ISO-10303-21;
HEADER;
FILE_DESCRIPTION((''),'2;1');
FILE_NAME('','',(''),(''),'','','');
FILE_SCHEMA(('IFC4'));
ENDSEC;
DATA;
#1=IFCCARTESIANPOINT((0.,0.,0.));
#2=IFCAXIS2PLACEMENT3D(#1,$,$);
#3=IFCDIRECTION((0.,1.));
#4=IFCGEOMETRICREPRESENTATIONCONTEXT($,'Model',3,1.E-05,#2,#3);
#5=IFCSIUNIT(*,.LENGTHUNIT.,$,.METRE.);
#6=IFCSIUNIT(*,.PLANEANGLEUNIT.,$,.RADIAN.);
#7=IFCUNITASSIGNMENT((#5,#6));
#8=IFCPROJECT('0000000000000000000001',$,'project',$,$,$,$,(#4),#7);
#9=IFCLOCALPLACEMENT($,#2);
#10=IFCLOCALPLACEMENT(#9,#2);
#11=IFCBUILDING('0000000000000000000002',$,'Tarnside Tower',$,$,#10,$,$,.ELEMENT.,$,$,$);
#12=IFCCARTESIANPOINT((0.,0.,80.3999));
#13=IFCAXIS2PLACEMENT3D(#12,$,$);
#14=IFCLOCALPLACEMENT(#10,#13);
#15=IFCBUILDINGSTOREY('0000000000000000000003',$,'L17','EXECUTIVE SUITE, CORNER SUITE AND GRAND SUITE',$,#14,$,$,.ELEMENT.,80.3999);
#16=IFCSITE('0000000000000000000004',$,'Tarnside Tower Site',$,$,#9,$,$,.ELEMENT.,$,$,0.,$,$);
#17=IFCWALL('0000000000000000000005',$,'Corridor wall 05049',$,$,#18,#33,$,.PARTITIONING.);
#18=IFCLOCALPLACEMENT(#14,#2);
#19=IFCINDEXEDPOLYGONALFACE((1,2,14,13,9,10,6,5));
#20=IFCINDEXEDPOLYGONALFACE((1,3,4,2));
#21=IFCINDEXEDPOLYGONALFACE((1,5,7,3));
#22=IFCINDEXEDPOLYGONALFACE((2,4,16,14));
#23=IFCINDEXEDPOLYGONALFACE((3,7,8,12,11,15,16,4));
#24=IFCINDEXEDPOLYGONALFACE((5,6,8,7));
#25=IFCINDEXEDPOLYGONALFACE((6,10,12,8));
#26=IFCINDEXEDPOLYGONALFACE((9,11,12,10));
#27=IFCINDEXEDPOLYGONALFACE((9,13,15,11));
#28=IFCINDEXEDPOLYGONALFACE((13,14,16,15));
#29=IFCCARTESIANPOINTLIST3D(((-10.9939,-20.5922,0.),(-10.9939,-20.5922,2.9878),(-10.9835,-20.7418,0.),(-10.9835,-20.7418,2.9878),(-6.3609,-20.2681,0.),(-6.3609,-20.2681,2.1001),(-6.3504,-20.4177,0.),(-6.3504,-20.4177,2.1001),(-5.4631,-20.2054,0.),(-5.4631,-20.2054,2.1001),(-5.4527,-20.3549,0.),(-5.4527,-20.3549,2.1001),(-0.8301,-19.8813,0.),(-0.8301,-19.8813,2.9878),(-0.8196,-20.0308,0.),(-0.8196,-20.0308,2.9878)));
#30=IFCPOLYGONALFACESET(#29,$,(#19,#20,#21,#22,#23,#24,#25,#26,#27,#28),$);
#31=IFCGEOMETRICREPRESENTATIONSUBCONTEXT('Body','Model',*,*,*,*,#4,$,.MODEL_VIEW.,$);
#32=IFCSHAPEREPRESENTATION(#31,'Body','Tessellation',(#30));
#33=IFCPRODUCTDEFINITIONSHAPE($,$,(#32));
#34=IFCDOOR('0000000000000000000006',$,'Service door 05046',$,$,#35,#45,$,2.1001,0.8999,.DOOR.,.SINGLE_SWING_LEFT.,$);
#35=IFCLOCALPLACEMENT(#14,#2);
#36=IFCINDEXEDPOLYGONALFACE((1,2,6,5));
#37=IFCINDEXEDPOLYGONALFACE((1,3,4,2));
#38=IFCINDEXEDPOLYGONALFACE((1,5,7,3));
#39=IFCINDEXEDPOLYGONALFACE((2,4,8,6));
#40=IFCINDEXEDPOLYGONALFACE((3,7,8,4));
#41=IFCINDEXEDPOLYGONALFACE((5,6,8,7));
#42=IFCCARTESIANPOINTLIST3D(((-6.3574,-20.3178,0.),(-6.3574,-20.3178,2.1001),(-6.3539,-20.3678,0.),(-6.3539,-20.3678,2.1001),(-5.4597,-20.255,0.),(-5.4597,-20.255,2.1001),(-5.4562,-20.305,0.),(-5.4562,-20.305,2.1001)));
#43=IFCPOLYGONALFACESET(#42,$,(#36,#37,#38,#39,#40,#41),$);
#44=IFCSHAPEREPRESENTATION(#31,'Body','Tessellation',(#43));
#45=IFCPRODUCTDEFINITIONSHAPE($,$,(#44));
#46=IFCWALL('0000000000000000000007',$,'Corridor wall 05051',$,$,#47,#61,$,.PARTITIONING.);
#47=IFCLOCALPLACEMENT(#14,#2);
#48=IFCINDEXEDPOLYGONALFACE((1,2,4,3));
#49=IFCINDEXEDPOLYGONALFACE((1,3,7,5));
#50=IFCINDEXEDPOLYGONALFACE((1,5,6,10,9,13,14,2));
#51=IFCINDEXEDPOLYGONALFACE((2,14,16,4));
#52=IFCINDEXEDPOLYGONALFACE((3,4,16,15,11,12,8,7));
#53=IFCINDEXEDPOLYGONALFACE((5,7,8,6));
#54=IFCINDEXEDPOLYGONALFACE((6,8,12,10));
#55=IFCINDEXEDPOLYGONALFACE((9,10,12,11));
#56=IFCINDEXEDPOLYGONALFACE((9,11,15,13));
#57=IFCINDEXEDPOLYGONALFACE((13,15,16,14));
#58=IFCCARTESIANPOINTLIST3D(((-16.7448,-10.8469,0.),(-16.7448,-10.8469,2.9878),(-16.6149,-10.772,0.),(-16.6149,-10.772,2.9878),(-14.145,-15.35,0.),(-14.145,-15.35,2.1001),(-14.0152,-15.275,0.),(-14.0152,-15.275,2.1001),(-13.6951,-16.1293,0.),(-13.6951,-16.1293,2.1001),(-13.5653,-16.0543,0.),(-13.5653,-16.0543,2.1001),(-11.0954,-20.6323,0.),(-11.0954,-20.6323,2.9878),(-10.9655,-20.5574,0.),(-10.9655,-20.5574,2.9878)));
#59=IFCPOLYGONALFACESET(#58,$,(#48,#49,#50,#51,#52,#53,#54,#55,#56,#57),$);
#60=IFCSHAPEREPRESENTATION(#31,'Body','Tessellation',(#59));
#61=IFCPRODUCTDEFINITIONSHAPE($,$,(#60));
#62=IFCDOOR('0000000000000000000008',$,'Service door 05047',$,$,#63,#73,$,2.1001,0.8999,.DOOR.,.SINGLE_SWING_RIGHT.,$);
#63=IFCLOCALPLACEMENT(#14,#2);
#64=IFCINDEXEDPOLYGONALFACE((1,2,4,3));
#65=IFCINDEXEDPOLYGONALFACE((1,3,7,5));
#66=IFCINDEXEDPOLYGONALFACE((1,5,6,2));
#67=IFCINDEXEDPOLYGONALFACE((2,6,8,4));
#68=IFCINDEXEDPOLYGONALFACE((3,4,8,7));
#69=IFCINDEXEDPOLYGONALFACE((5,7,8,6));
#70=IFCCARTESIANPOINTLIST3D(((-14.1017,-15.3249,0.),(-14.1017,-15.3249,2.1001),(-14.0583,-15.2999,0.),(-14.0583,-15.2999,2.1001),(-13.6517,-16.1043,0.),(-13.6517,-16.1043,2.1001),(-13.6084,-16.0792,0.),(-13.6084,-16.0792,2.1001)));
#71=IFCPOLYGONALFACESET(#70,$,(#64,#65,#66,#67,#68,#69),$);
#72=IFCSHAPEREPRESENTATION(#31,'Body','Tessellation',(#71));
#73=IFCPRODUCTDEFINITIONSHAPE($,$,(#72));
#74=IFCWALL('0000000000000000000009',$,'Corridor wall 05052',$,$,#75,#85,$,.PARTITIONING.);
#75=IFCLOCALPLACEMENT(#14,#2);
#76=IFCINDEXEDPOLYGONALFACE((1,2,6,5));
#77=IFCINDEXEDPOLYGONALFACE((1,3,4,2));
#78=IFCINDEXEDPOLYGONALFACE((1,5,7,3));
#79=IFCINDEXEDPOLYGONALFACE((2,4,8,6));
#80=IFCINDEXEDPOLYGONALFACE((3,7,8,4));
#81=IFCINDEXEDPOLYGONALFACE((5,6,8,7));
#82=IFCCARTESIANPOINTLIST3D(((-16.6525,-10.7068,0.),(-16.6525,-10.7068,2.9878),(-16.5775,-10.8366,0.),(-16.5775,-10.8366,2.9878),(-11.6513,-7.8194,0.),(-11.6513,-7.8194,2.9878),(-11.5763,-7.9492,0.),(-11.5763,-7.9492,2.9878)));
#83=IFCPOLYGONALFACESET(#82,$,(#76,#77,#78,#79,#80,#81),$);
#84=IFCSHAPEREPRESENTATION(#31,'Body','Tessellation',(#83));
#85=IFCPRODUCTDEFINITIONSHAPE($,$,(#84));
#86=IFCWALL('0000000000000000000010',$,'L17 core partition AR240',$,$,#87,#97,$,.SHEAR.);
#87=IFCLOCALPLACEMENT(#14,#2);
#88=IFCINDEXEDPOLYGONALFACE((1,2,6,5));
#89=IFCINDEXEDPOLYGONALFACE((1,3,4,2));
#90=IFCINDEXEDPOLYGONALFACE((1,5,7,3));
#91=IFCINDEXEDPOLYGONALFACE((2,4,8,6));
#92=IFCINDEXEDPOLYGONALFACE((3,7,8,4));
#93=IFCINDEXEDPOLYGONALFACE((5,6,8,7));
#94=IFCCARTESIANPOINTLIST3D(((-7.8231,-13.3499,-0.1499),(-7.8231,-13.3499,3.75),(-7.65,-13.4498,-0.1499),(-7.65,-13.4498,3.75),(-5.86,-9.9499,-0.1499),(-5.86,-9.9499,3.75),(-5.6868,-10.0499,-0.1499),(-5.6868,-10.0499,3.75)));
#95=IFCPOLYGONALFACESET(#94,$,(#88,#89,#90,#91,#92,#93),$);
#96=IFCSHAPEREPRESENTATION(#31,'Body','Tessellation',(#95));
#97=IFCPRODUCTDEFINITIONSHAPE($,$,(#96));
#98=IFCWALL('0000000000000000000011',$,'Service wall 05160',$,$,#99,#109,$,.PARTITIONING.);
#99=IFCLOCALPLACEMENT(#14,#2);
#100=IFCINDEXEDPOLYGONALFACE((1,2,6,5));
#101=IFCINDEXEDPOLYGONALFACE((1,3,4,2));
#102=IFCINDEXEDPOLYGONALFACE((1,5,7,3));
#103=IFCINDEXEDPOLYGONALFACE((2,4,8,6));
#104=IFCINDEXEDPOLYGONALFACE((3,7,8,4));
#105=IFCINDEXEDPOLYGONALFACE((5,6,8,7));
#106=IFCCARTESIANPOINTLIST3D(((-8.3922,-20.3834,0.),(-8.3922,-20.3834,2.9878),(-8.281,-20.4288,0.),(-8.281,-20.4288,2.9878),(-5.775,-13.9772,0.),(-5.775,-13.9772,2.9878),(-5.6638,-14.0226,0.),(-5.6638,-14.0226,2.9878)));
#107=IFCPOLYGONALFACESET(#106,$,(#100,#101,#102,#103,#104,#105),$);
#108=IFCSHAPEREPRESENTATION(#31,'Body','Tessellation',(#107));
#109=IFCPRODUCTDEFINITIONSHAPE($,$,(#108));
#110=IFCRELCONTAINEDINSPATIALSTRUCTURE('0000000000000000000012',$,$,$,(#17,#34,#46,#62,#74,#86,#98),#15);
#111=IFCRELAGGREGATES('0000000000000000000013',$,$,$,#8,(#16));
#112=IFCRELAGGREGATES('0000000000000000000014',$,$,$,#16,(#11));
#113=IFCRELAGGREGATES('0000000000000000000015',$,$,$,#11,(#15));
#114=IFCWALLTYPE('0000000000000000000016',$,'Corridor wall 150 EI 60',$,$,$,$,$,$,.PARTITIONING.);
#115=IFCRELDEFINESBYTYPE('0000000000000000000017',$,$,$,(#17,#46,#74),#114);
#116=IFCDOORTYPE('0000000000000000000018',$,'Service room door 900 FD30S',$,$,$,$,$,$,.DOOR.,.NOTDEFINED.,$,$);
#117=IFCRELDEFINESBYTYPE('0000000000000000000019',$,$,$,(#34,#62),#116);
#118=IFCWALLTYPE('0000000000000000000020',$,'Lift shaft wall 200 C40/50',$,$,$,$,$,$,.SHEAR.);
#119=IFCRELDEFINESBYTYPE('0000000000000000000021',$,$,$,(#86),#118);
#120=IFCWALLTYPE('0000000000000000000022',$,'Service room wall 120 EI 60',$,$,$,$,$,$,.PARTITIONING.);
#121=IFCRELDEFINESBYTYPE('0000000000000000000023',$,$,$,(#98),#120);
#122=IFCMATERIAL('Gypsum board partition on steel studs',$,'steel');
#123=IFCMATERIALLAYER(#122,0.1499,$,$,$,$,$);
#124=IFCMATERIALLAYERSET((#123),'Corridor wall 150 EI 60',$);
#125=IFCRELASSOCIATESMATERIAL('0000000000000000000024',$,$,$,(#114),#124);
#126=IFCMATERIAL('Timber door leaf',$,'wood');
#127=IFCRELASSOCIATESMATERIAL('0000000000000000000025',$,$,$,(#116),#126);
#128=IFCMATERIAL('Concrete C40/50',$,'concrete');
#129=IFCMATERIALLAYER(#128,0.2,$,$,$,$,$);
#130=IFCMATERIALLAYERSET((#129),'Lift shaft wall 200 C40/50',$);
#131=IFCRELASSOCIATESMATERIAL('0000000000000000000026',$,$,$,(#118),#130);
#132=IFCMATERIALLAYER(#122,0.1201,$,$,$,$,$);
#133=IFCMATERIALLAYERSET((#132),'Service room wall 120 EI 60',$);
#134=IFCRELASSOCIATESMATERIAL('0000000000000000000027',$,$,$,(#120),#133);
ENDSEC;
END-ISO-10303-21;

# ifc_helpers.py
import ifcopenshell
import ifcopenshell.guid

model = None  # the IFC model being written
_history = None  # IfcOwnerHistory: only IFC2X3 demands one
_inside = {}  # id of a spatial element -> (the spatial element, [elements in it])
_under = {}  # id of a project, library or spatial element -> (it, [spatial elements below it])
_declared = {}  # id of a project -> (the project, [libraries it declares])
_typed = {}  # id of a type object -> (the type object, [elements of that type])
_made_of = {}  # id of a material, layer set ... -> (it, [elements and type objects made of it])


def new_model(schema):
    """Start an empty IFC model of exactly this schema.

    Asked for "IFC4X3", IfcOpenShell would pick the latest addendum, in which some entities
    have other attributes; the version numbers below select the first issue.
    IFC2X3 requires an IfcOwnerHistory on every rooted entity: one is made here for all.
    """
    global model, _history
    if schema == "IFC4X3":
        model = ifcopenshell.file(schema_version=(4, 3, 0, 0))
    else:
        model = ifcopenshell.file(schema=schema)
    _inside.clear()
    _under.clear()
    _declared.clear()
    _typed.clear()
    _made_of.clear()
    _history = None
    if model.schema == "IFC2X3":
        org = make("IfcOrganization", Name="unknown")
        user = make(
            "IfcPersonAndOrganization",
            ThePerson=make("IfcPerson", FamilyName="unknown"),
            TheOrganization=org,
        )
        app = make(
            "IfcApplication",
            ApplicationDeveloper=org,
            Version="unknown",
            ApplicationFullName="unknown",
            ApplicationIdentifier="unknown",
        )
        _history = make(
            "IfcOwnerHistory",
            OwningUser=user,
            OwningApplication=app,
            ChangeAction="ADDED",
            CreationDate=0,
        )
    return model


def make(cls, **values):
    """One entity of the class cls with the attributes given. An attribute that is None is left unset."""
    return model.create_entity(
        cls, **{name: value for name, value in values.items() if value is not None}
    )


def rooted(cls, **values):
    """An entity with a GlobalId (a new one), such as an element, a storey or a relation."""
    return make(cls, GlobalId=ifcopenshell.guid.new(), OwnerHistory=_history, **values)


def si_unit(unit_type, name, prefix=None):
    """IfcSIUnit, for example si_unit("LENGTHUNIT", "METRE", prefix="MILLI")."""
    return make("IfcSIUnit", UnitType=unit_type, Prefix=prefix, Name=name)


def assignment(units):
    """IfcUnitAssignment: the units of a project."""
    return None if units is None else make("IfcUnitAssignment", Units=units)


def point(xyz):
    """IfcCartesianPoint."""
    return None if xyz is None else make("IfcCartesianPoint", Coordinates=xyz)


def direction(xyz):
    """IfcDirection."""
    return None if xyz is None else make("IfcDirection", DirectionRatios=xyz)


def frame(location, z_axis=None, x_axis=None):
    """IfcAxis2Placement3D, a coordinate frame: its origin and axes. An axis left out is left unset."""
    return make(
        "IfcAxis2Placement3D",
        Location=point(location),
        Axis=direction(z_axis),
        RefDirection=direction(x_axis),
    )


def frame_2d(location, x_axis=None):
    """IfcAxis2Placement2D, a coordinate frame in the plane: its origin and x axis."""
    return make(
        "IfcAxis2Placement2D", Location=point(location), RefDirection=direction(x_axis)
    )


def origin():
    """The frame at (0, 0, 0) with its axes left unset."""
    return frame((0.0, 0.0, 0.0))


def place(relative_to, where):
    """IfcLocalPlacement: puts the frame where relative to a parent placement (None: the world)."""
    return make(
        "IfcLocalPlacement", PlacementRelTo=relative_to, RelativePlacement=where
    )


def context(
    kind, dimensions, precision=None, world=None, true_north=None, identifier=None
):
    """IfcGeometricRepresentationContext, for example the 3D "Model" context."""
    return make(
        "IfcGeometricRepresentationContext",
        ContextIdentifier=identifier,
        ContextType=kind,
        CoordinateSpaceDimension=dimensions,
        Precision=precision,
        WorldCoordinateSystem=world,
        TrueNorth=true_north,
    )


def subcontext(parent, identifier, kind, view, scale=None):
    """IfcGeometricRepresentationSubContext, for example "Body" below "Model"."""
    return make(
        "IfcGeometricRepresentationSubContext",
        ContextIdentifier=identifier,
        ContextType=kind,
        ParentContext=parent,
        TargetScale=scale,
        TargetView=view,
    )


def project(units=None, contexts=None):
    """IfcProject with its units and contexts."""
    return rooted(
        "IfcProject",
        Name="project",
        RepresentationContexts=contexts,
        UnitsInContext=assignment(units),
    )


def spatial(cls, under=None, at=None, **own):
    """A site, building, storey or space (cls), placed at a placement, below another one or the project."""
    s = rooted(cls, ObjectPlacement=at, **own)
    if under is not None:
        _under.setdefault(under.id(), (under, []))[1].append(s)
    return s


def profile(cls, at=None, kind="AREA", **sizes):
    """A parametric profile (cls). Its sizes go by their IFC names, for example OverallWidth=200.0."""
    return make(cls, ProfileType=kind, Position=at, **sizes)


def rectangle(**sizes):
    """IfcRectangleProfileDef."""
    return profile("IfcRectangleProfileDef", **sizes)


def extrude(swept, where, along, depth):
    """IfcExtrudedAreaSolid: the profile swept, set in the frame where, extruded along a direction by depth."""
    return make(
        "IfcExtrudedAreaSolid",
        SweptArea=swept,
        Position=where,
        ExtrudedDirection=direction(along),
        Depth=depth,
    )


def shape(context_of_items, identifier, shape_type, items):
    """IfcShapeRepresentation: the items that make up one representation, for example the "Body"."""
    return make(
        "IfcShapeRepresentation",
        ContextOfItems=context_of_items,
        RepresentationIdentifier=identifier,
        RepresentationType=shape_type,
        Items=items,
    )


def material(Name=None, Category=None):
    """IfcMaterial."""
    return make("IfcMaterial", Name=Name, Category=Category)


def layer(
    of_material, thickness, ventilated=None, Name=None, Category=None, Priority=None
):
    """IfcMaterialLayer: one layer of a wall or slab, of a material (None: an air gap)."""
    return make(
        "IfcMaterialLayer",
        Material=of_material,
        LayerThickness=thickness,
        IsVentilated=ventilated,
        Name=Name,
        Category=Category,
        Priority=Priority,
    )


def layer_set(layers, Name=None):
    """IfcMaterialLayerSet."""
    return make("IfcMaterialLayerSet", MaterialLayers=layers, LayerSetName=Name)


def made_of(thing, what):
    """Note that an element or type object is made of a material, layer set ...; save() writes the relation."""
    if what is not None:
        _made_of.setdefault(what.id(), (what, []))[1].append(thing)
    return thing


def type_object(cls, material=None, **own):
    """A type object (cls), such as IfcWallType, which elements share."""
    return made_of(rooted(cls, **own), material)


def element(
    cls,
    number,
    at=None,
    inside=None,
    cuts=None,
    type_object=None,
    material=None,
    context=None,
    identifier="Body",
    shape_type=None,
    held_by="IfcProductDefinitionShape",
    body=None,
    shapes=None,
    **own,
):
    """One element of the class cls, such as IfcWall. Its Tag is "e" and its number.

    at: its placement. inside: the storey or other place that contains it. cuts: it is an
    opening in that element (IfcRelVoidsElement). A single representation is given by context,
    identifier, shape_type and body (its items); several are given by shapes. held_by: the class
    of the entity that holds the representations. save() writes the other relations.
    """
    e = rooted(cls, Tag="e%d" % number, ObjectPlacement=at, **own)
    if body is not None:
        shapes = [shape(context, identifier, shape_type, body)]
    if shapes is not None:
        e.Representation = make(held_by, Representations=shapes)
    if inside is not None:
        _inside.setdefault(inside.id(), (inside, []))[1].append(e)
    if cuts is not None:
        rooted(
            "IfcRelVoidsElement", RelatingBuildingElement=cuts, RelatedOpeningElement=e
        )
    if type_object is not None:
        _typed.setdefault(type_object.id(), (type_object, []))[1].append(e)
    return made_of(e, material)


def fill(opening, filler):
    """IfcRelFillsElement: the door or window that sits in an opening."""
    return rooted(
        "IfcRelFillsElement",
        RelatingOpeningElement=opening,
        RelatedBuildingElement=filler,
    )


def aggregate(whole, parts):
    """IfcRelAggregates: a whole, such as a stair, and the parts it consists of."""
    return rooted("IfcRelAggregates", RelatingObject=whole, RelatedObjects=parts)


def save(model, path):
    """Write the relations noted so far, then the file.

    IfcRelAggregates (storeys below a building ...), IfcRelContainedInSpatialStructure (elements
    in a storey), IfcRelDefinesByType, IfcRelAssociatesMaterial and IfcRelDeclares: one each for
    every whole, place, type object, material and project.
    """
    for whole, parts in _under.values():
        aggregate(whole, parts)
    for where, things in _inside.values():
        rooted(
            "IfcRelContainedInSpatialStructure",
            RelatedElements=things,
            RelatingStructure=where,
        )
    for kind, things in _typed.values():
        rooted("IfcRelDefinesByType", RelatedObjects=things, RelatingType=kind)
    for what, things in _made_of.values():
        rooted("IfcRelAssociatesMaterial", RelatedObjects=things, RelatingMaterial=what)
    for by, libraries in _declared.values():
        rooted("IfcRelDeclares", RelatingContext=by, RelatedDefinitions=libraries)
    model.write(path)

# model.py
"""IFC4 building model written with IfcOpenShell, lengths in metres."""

from ifc_helpers import new_model, si_unit, direction, frame, frame_2d, origin, place, context, subcontext, project, spatial, rectangle, extrude, material, layer, layer_set, type_object, element, fill, save


model = new_model("IFC4")

# Units and contexts
model_context = context("Model", 3, precision=1e-05, world=origin(), true_north=direction((0.0, 1.0)))
body_context = subcontext(model_context, "Body", "Model", "MODEL_VIEW")
ifc_project = project(units=[si_unit("LENGTHUNIT", "METRE"), si_unit("PLANEANGLEUNIT", "RADIAN")], contexts=[model_context])

# Site, building, storey
site_placement = place(None, origin())
site = spatial("IfcSite", under=ifc_project, at=site_placement, Name="Tarnside Tower Site", CompositionType="ELEMENT", RefElevation=0.0)
building_placement = place(site_placement, origin())
building = spatial("IfcBuilding", under=site, at=building_placement, Name="Tarnside Tower", CompositionType="ELEMENT")
storey_placement = place(building_placement, frame((0.0, 0.0, 80.3999)))
storey = spatial("IfcBuildingStorey", under=building, at=storey_placement, Name="L17", Description="EXECUTIVE SUITE, CORNER SUITE AND GRAND SUITE", CompositionType="ELEMENT", Elevation=80.3999)

# Shared definitions
ifc_material_1 = material(Name="Gypsum board partition on steel studs", Category="steel")

# Shared definitions
ifc_material_2 = material(Name="Timber door leaf", Category="wood")

# Shared definitions
ifc_layer_1 = layer(ifc_material_1, 0.1499)
ifc_layer_set_1 = layer_set([ifc_layer_1], Name="Corridor wall 150 EI 60")
wall_type_1 = type_object("IfcWallType", Name="Corridor wall 150 EI 60", PredefinedType="PARTITIONING", material=ifc_layer_set_1)

# Walls, openings, doors
wall_1_placement = place(storey_placement, frame((-0.825, -19.9561, 0.0), z_axis=(0.0, 0.0, 1.0), x_axis=(-0.997563, -0.069777, 0.0)))
wall_1 = element("IfcWall", 1, at=wall_1_placement, inside=storey, type_object=wall_type_1, Name="Corridor wall 05049", PredefinedType="PARTITIONING", context=body_context, shape_type="SweptSolid", body=[
    extrude(rectangle(XDim=10.1887, YDim=0.1499, at=frame_2d((5.0942, 0.0))), origin(), (0.0, 0.0, 1.0), 2.9878),
])
opening_1_placement = place(wall_1_placement, frame((4.6443, 0.0, 0.0)))
opening_1 = element("IfcOpeningElement", 2, at=opening_1_placement, cuts=wall_1, PredefinedType="OPENING", context=body_context, shape_type="SweptSolid", body=[
    extrude(rectangle(XDim=0.8999, YDim=2.1001, at=frame_2d((0.45, 1.05))), frame((0.0, 0.085, 0.0), z_axis=(0.0, -1.0, 0.0), x_axis=(1.0, 0.0, 0.0)), (0.0, 0.0, 1.0), 0.1699),
])
door_type_1 = type_object("IfcDoorType", Name="Service room door 900 FD30S", OperationType="NOTDEFINED", PredefinedType="DOOR", material=ifc_material_2)
door_1_placement = place(opening_1_placement, origin())
door_1 = element("IfcDoor", 3, at=door_1_placement, inside=storey, type_object=door_type_1, Name="Service door 05046", OperationType="SINGLE_SWING_LEFT", OverallHeight=2.1001, OverallWidth=0.8999, PredefinedType="DOOR", context=body_context, shape_type="SweptSolid", body=[
    extrude(rectangle(XDim=0.8999, YDim=2.1001, at=frame_2d((0.45, 1.05))), frame((0.0, 0.0249, 0.0), z_axis=(0.0, -1.0, 0.0), x_axis=(1.0, 0.0, 0.0)), (0.0, 0.0, 1.0), 0.05),
])
fill(opening_1, door_1)
wall_2_placement = place(storey_placement, frame((-11.0305, -20.5947, 0.0), z_axis=(0.0, 0.0, 1.0), x_axis=(-0.499987, 0.866033, 0.0)))
wall_2 = element("IfcWall", 4, at=wall_2_placement, inside=storey, type_object=wall_type_1, Name="Corridor wall 05051", PredefinedType="PARTITIONING", context=body_context, shape_type="SweptSolid", body=[
    extrude(rectangle(XDim=11.2991, YDim=0.1499, at=frame_2d((5.6494, 0.0))), origin(), (0.0, 0.0, 1.0), 2.9878),
])
opening_2_placement = place(wall_2_placement, frame((5.1995, 0.0, 0.0)))
opening_2 = element("IfcOpeningElement", 5, at=opening_2_placement, cuts=wall_2, PredefinedType="OPENING", context=body_context, shape_type="SweptSolid", body=[
    extrude(rectangle(XDim=0.8999, YDim=2.1001, at=frame_2d((0.45, 1.05))), frame((0.0, 0.085, 0.0), z_axis=(0.0, -1.0, 0.0), x_axis=(1.0, 0.0, 0.0)), (0.0, 0.0, 1.0), 0.1699),
])
door_2_placement = place(opening_2_placement, origin())
door_2 = element("IfcDoor", 6, at=door_2_placement, inside=storey, type_object=door_type_1, Name="Service door 05047", OperationType="SINGLE_SWING_RIGHT", OverallHeight=2.1001, OverallWidth=0.8999, PredefinedType="DOOR", context=body_context, shape_type="SweptSolid", body=[
    extrude(rectangle(XDim=0.8999, YDim=2.1001, at=frame_2d((0.45, 1.05))), frame((0.0, 0.0249, 0.0), z_axis=(0.0, -1.0, 0.0), x_axis=(1.0, 0.0, 0.0)), (0.0, 0.0, 1.0), 0.05),
])
fill(opening_2, door_2)

# Walls
wall_3_placement = place(storey_placement, frame((-16.615, -10.7717, 0.0), z_axis=(0.0, 0.0, 1.0), x_axis=(0.866026, 0.499999, 0.0)))
element("IfcWall", 7, at=wall_3_placement, inside=storey, type_object=wall_type_1, Name="Corridor wall 05052", PredefinedType="PARTITIONING", context=body_context, shape_type="SweptSolid", body=[
    extrude(rectangle(XDim=5.7749, YDim=0.1499, at=frame_2d((2.8875, 0.0))), origin(), (0.0, 0.0, 1.0), 2.9878),
])
ifc_material_3 = material(Name="Concrete C40/50", Category="concrete")
ifc_layer_2 = layer(ifc_material_3, 0.2)
ifc_layer_set_2 = layer_set([ifc_layer_2], Name="Lift shaft wall 200 C40/50")
wall_type_2 = type_object("IfcWallType", Name="Lift shaft wall 200 C40/50", PredefinedType="SHEAR", material=ifc_layer_set_2)
wall_4_placement = place(storey_placement, frame((-5.7734, -10.0, -0.1499), z_axis=(0.0, 0.0, 1.0), x_axis=(-0.500038, -0.866003, 0.0)))
element("IfcWall", 8, at=wall_4_placement, inside=storey, type_object=wall_type_2, Name="L17 core partition AR240", PredefinedType="SHEAR", context=body_context, shape_type="SweptSolid", body=[
    extrude(rectangle(XDim=3.926, YDim=0.2, at=frame_2d((1.9629, 0.0))), origin(), (0.0, 0.0, 1.0), 3.8999),
])
ifc_layer_3 = layer(ifc_material_1, 0.1201)
ifc_layer_set_3 = layer_set([ifc_layer_3], Name="Service room wall 120 EI 60")
wall_type_3 = type_object("IfcWallType", Name="Service room wall 120 EI 60", PredefinedType="PARTITIONING", material=ifc_layer_set_3)
wall_5_placement = place(storey_placement, frame((-5.7195, -14.0, 0.0), z_axis=(0.0, 0.0, 1.0), x_axis=(-0.378193, -0.925727, 0.0)))
element("IfcWall", 9, at=wall_5_placement, inside=storey, type_object=wall_type_3, Name="Service wall 05160", PredefinedType="PARTITIONING", context=body_context, shape_type="SweptSolid", body=[
    extrude(rectangle(XDim=6.9202, YDim=0.1201, at=frame_2d((3.46, 0.0))), origin(), (0.0, 0.0, 1.0), 2.9878),
])

save(model, "model.ifc")
